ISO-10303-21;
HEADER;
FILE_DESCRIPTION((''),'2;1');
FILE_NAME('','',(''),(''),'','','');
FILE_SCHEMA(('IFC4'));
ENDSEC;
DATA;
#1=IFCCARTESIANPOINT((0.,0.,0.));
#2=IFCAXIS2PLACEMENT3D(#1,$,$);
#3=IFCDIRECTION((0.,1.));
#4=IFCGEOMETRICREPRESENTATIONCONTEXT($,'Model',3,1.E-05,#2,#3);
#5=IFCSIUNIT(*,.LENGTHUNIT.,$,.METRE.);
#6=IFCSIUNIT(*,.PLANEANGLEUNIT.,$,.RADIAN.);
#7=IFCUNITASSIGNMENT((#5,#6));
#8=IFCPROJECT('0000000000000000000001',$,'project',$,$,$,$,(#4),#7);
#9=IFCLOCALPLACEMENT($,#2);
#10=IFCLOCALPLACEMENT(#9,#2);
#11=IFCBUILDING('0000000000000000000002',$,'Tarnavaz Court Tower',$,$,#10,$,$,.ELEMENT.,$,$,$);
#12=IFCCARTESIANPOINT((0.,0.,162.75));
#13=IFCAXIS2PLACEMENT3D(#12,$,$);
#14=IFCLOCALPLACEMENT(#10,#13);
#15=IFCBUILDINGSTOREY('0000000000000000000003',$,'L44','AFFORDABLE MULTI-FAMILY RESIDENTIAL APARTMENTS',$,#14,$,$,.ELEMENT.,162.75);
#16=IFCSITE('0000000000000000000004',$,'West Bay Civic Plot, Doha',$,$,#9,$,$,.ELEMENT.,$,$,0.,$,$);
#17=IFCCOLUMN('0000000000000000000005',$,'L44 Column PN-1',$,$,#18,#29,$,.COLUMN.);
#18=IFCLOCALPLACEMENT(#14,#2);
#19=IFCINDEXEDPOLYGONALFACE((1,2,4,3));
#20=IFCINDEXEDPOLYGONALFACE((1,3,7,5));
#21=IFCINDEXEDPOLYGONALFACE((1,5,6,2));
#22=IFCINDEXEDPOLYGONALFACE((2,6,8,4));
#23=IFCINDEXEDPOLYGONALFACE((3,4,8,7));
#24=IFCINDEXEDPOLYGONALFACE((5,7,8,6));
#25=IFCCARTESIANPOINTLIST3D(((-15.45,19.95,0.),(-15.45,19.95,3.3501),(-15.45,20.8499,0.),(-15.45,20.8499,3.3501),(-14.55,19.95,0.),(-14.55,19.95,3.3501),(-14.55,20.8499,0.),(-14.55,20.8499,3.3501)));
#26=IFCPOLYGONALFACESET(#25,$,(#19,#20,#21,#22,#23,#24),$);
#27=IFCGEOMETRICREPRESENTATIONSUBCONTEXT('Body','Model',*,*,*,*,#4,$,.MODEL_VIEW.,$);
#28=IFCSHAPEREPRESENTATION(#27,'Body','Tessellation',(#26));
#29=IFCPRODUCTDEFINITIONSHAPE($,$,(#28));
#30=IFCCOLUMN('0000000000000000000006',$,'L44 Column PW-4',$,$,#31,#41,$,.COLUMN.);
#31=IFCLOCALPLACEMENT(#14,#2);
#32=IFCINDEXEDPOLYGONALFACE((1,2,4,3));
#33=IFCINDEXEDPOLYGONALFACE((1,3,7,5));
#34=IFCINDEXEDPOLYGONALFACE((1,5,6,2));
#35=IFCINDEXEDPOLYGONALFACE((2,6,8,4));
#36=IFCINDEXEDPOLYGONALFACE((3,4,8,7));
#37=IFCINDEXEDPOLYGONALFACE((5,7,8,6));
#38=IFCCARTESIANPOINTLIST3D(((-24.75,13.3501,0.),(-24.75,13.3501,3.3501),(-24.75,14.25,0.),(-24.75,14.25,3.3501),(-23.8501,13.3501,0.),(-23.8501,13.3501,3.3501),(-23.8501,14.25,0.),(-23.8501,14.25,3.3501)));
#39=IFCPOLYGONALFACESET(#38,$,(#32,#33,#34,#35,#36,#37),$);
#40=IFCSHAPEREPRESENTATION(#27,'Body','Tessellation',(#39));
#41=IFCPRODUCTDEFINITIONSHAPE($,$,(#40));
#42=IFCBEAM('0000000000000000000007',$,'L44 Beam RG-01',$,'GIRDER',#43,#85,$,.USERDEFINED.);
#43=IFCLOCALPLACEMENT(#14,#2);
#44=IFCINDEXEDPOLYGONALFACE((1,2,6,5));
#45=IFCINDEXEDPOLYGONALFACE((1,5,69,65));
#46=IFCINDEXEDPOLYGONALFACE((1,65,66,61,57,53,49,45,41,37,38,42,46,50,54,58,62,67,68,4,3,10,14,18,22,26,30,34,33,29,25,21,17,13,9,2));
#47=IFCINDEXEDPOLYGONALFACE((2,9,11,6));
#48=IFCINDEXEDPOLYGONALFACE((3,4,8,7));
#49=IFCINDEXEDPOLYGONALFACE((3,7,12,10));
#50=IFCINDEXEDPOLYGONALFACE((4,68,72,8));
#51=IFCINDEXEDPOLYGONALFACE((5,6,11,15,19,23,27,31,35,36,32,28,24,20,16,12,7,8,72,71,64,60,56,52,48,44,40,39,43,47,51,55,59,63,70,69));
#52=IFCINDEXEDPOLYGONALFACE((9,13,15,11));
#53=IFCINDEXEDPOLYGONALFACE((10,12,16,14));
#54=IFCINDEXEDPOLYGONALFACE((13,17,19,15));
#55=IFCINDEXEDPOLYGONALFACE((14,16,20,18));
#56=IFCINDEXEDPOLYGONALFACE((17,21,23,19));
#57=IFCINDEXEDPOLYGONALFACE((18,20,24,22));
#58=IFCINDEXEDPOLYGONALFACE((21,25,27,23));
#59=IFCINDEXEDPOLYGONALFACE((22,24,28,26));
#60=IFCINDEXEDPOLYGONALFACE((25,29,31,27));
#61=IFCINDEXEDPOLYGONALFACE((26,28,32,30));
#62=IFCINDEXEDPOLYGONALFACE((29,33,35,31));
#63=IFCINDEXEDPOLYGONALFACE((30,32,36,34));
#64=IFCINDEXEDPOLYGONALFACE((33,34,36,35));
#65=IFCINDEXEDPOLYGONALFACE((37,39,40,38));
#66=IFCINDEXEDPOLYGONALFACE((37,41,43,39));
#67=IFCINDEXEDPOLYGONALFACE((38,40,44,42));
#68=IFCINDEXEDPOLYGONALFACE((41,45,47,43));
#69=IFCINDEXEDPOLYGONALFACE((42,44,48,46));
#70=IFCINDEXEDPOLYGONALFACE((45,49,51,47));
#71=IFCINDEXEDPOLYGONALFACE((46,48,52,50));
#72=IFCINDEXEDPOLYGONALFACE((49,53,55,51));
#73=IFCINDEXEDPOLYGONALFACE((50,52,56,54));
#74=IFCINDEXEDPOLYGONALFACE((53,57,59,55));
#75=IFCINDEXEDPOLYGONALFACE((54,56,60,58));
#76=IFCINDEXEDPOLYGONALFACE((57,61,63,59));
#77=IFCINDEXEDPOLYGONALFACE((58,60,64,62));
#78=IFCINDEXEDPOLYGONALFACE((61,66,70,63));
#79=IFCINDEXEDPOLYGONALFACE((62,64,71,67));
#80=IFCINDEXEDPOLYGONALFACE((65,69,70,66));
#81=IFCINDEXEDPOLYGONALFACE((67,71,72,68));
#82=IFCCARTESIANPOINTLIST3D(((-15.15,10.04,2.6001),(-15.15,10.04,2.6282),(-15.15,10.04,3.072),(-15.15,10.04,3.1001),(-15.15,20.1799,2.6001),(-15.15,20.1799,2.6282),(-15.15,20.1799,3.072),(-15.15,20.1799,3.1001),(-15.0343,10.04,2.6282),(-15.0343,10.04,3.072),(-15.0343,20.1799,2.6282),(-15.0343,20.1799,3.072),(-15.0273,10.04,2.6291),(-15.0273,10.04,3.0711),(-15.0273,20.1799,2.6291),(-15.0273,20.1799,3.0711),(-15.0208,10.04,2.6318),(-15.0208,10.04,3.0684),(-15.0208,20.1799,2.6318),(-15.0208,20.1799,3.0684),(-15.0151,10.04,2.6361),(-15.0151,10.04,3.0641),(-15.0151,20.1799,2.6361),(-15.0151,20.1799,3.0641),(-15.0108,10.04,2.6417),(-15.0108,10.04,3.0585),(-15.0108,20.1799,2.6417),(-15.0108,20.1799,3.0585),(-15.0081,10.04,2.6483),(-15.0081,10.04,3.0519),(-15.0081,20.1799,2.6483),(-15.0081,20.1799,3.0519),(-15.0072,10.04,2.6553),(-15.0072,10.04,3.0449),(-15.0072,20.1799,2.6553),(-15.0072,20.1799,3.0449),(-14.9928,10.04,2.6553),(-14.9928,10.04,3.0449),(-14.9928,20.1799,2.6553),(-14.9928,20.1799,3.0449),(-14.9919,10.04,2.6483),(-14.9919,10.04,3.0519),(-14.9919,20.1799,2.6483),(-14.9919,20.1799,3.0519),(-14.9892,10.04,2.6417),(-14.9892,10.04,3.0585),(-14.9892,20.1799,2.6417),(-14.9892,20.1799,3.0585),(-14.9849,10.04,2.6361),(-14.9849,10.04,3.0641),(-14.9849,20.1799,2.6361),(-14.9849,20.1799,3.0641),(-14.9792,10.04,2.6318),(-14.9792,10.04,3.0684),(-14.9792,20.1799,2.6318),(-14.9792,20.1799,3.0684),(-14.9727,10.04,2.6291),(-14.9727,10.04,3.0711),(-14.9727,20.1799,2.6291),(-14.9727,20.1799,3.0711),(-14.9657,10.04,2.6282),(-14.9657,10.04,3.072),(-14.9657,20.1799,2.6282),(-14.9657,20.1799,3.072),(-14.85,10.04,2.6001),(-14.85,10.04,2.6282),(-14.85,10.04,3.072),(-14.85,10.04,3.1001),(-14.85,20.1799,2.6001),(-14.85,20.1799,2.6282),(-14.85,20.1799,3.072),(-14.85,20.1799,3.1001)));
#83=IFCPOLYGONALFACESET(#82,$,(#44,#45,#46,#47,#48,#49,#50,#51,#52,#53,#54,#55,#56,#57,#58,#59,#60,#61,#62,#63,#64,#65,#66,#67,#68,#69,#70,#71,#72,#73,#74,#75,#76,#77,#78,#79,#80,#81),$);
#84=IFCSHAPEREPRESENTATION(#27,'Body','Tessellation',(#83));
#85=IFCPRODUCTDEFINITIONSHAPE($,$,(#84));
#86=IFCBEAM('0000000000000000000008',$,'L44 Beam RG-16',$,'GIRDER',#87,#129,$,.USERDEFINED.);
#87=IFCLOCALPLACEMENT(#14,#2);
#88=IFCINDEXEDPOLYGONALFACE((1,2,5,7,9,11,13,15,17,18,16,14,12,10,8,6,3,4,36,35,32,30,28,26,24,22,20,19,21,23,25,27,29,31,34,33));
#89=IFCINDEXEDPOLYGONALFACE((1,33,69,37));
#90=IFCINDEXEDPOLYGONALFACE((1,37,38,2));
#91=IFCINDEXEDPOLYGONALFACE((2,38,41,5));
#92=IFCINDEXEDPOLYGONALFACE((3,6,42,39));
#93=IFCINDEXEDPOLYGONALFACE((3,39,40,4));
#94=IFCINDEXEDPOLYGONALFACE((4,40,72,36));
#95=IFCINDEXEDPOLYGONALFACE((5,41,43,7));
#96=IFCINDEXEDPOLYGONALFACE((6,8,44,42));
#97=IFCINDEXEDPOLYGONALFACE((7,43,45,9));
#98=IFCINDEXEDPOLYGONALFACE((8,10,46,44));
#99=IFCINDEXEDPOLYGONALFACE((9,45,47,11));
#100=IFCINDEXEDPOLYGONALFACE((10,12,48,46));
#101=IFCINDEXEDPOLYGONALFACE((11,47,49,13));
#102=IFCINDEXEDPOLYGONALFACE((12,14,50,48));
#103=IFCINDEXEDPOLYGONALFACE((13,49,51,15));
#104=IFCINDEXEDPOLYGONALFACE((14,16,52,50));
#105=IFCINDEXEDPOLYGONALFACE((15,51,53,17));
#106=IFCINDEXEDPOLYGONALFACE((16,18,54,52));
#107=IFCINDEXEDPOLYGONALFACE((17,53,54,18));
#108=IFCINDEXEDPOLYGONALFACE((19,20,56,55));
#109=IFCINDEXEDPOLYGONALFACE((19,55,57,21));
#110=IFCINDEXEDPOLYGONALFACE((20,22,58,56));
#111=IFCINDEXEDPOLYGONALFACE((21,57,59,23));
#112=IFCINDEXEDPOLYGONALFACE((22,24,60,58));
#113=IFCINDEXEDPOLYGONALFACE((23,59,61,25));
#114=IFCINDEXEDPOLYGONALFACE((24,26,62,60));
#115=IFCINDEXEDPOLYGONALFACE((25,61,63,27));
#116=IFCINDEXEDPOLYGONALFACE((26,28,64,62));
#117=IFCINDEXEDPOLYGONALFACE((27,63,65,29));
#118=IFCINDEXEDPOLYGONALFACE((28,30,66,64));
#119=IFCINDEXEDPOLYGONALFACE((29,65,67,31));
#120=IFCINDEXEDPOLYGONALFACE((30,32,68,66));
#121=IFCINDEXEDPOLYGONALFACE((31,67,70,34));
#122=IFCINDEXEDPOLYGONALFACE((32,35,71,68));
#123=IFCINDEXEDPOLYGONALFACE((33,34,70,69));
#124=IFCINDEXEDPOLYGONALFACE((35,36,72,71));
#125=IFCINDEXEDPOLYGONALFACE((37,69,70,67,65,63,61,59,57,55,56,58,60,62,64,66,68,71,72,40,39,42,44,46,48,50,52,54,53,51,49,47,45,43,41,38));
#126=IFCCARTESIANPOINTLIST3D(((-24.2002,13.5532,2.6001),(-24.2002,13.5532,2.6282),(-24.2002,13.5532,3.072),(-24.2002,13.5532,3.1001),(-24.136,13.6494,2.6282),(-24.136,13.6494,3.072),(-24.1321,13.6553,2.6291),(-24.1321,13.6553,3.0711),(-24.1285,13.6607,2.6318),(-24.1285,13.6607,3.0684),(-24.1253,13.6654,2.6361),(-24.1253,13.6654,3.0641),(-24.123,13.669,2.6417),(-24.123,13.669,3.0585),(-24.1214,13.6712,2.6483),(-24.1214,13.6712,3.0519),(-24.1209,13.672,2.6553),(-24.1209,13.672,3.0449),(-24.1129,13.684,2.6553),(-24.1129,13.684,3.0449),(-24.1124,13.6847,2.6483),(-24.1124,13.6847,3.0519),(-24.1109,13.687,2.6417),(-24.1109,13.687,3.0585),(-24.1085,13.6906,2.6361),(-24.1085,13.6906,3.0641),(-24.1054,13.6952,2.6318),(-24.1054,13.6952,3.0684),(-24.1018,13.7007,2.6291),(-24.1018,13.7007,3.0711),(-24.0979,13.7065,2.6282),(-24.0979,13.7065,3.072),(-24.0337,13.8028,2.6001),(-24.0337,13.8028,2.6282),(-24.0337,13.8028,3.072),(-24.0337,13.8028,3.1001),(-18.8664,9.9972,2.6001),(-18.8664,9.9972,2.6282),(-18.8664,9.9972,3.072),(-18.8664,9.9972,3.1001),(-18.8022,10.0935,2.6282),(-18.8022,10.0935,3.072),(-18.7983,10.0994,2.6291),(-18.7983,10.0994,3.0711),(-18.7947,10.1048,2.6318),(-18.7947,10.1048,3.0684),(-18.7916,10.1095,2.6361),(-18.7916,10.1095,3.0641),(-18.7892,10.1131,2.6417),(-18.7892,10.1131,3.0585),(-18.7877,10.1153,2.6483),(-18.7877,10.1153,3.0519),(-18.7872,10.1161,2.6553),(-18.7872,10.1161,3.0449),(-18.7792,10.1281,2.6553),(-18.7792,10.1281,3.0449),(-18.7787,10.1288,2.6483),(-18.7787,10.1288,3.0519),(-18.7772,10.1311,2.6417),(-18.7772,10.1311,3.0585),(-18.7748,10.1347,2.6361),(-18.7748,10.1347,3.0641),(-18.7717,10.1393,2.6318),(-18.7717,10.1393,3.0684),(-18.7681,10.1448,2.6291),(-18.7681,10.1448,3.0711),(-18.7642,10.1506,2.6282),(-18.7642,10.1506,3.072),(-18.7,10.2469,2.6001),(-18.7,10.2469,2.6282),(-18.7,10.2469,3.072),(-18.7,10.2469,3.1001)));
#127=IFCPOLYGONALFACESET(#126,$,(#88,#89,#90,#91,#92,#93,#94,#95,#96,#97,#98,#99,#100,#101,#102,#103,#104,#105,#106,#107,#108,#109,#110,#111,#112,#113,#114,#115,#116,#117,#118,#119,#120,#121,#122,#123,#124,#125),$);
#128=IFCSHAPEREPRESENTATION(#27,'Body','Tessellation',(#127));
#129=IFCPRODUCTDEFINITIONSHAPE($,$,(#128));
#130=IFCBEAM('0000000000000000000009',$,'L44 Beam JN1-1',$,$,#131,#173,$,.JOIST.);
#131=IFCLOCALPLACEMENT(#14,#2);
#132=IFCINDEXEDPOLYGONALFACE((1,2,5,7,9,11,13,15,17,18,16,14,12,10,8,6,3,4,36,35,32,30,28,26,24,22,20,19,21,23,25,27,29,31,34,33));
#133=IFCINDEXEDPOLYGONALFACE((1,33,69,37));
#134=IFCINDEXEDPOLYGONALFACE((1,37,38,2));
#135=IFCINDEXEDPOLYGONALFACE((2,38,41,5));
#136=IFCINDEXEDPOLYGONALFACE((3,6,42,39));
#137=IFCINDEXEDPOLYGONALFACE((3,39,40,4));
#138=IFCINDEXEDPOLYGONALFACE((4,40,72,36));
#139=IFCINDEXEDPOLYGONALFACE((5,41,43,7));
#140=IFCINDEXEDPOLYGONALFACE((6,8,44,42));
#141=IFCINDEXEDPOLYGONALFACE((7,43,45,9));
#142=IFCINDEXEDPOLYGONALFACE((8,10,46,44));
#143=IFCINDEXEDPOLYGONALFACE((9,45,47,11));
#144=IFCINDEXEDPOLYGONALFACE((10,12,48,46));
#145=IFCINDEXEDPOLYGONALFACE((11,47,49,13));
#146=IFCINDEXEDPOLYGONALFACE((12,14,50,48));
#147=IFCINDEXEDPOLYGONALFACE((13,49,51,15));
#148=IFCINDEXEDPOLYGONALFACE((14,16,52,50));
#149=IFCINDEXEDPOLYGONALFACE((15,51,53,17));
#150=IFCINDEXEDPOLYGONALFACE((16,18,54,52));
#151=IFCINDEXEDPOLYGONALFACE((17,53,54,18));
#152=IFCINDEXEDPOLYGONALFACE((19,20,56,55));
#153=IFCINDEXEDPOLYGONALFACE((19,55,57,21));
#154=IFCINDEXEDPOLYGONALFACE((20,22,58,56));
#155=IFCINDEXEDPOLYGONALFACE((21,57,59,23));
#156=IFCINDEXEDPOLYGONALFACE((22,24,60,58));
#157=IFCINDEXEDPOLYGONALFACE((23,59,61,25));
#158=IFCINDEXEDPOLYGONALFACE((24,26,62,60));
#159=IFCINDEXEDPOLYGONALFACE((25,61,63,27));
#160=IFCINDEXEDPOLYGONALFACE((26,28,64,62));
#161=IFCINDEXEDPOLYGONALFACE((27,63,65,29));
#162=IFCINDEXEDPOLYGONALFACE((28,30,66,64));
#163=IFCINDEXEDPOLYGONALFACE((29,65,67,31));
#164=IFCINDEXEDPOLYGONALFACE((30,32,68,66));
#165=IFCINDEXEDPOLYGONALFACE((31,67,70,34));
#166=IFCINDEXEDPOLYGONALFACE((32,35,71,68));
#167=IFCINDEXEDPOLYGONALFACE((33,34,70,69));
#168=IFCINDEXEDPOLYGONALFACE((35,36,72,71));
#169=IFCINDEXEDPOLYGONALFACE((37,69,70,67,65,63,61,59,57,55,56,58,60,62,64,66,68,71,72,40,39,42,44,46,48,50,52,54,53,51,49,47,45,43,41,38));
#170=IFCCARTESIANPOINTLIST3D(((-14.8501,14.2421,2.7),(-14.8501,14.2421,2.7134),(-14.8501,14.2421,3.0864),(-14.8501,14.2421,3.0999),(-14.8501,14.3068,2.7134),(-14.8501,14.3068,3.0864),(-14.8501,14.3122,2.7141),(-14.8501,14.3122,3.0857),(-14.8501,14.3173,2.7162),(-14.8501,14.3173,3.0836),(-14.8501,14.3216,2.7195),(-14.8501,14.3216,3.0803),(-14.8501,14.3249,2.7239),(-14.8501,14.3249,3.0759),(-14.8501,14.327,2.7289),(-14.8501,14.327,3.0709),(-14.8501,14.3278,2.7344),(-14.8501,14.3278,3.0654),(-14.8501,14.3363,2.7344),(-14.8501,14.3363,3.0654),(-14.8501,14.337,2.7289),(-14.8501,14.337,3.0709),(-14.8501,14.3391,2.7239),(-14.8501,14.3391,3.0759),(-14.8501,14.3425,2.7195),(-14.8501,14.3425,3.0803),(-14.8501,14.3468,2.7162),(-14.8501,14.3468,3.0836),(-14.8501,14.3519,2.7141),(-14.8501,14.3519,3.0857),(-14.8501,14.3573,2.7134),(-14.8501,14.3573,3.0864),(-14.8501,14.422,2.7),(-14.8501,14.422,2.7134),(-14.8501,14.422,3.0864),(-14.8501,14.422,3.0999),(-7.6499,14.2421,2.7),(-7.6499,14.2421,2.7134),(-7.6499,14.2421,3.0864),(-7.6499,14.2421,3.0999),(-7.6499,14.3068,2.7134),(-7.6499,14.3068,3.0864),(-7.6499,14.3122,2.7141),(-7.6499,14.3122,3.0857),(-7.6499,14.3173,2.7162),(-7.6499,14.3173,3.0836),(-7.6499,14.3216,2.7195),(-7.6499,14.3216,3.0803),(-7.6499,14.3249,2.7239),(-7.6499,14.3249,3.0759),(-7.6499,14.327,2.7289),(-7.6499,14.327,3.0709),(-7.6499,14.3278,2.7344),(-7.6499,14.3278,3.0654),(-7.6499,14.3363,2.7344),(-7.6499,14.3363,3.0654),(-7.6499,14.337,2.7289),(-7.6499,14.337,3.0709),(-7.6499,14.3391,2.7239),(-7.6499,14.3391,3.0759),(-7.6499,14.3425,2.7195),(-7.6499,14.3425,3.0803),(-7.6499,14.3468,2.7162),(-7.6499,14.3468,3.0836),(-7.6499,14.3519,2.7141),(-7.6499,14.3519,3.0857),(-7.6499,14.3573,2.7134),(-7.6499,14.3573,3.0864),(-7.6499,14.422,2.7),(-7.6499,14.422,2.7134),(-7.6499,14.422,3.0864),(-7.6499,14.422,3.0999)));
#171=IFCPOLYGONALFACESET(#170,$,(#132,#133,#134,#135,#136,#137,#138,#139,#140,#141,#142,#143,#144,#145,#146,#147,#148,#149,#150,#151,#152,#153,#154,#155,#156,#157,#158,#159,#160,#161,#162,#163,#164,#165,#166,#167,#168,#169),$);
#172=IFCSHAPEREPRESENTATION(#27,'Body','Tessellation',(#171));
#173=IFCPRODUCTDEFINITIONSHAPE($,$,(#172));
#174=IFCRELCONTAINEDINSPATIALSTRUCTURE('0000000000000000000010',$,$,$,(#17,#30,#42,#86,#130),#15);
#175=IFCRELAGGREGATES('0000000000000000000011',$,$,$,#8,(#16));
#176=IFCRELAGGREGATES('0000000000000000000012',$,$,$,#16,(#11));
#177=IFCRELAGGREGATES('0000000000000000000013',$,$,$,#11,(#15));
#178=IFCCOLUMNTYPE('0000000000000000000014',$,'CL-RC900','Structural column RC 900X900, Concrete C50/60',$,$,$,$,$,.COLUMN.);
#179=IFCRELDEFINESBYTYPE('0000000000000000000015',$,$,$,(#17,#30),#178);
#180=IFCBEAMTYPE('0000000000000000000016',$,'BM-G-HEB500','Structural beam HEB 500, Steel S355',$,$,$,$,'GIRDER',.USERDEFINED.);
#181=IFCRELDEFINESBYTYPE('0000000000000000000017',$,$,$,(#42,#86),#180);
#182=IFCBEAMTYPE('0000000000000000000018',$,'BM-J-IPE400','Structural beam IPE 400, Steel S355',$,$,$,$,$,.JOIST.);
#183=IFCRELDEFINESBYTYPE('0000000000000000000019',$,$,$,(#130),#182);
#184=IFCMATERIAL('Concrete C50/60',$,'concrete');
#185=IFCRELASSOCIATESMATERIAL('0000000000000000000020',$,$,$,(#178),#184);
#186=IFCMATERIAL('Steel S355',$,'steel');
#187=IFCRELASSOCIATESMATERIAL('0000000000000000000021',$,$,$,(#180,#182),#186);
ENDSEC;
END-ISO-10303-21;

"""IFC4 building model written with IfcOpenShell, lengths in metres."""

from ifc_helpers import new_model, si_unit, direction, frame, origin, origin_2d, place, context, subcontext, project, spatial, rectangle, i_section, extrude, material, material_profile, profile_set, type_object, element, save


model = new_model("IFC4")

# Units and contexts
model_context = context("Model", 3, precision=1e-05, world=origin(), true_north=direction((0.0, 1.0)))
body_context = subcontext(model_context, "Body", "Model", "MODEL_VIEW")
ifc_project = project(units=[si_unit("LENGTHUNIT", "METRE"), si_unit("PLANEANGLEUNIT", "RADIAN")], contexts=[model_context])

# Site, building, storey
site_placement = place(None, origin())
site = spatial("IfcSite", under=ifc_project, at=site_placement, Name="West Bay Civic Plot, Doha", CompositionType="ELEMENT", RefElevation=0.0)
building_placement = place(site_placement, origin())
building = spatial("IfcBuilding", under=site, at=building_placement, Name="Tarnavaz Court Tower", CompositionType="ELEMENT")
storey_placement = place(building_placement, frame((0.0, 0.0, 162.75)))
storey = spatial("IfcBuildingStorey", under=building, at=storey_placement, Name="L44", Description="AFFORDABLE MULTI-FAMILY RESIDENTIAL APARTMENTS", CompositionType="ELEMENT", Elevation=162.75)

# Columns
ifc_material_1 = material(Name="Concrete C50/60", Category="concrete")
ifc_material_profile_1 = material_profile(ifc_material_1, rectangle(XDim=0.8999, YDim=0.8999, at=origin_2d()), Name="RC 900X900")
ifc_profile_set_1 = profile_set([ifc_material_profile_1], Name="Concrete C50/60")
column_type = type_object("IfcColumnType", Name="CL-RC900", Description="Structural column RC 900X900, Concrete C50/60", PredefinedType="COLUMN", material=ifc_profile_set_1)
for number, where, z_axis, x_axis, name in (
    (1, (-15.0, 20.3999, 0.0), (0.0, 0.0, 1.0), (1.0, 0.0, 0.0), "L44 Column PN-1"),
    (2, (-24.3, 13.8, 0.0), (0.0, 0.0, 1.0), (1.0, 0.0, 0.0), "L44 Column PW-4"),
):
    element("IfcColumn", number, at=place(storey_placement, frame(where, z_axis=z_axis, x_axis=x_axis)), inside=storey, type_object=column_type, Name=name, PredefinedType="COLUMN", context=body_context, shape_type="SweptSolid", body=[
        extrude(rectangle(XDim=0.8999, YDim=0.8999, at=origin_2d()), origin(), (0.0, 0.0, 1.0), 3.3501),
    ])

# Beams
ifc_material_2 = material(Name="Steel S355", Category="steel")
ifc_material_profile_2 = material_profile(ifc_material_2, i_section(OverallWidth=0.3, OverallDepth=0.5, WebThickness=0.0144, FlangeThickness=0.0281, FilletRadius=0.0271, at=origin_2d()), Name="HEB 500")
ifc_profile_set_2 = profile_set([ifc_material_profile_2], Name="Steel S355")
beam_type_1 = type_object("IfcBeamType", Name="BM-G-HEB500", Description="Structural beam HEB 500, Steel S355", ElementType="GIRDER", PredefinedType="USERDEFINED", material=ifc_profile_set_2)
beam_1_placement = place(storey_placement, frame((-15.0, 10.04, 2.8501), z_axis=(0.0, 1.0, 0.0), x_axis=(-1.0, 0.0, 0.0)))
element("IfcBeam", 3, at=beam_1_placement, inside=storey, type_object=beam_type_1, Name="L44 Beam RG-01", ObjectType="GIRDER", PredefinedType="USERDEFINED", context=body_context, shape_type="SweptSolid", body=[
    extrude(i_section(OverallWidth=0.3, OverallDepth=0.5, WebThickness=0.0144, FlangeThickness=0.0281, FilletRadius=0.0271, at=origin_2d()), origin(), (0.0, 0.0, 1.0), 10.1399),
])
beam_2_placement = place(storey_placement, frame((-18.7832, 10.1221, 2.8501), z_axis=(-0.832044, 0.554709, 0.0), x_axis=(-0.554709, -0.832044, 0.0)))
element("IfcBeam", 4, at=beam_2_placement, inside=storey, type_object=beam_type_1, Name="L44 Beam RG-16", ObjectType="GIRDER", PredefinedType="USERDEFINED", context=body_context, shape_type="SweptSolid", body=[
    extrude(i_section(OverallWidth=0.3, OverallDepth=0.5, WebThickness=0.0144, FlangeThickness=0.0281, FilletRadius=0.0271, at=origin_2d()), origin(), (0.0, 0.0, 1.0), 6.4104),
])
ifc_material_profile_3 = material_profile(ifc_material_2, i_section(OverallWidth=0.1799, OverallDepth=0.3999, WebThickness=0.0085, FlangeThickness=0.0134, FilletRadius=0.021, at=origin_2d()), Name="IPE 400")
ifc_profile_set_3 = profile_set([ifc_material_profile_3], Name="Steel S355")
beam_type_2 = type_object("IfcBeamType", Name="BM-J-IPE400", Description="Structural beam IPE 400, Steel S355", PredefinedType="JOIST", material=ifc_profile_set_3)
for number, where, z_axis, x_axis, name in (
    (5, (-14.8501, 14.332, 2.8999), (1.0, 0.0, 0.0), (0.0, 1.0, 0.0), "L44 Beam JN1-1"),
):
    element("IfcBeam", number, at=place(storey_placement, frame(where, z_axis=z_axis, x_axis=x_axis)), inside=storey, type_object=beam_type_2, Name=name, PredefinedType="JOIST", context=body_context, shape_type="SweptSolid", body=[
        extrude(i_section(OverallWidth=0.1799, OverallDepth=0.3999, WebThickness=0.0085, FlangeThickness=0.0134, FilletRadius=0.021, at=origin_2d()), origin(), (0.0, 0.0, 1.0), 7.2002),
    ])

save(model, "model.ifc")
